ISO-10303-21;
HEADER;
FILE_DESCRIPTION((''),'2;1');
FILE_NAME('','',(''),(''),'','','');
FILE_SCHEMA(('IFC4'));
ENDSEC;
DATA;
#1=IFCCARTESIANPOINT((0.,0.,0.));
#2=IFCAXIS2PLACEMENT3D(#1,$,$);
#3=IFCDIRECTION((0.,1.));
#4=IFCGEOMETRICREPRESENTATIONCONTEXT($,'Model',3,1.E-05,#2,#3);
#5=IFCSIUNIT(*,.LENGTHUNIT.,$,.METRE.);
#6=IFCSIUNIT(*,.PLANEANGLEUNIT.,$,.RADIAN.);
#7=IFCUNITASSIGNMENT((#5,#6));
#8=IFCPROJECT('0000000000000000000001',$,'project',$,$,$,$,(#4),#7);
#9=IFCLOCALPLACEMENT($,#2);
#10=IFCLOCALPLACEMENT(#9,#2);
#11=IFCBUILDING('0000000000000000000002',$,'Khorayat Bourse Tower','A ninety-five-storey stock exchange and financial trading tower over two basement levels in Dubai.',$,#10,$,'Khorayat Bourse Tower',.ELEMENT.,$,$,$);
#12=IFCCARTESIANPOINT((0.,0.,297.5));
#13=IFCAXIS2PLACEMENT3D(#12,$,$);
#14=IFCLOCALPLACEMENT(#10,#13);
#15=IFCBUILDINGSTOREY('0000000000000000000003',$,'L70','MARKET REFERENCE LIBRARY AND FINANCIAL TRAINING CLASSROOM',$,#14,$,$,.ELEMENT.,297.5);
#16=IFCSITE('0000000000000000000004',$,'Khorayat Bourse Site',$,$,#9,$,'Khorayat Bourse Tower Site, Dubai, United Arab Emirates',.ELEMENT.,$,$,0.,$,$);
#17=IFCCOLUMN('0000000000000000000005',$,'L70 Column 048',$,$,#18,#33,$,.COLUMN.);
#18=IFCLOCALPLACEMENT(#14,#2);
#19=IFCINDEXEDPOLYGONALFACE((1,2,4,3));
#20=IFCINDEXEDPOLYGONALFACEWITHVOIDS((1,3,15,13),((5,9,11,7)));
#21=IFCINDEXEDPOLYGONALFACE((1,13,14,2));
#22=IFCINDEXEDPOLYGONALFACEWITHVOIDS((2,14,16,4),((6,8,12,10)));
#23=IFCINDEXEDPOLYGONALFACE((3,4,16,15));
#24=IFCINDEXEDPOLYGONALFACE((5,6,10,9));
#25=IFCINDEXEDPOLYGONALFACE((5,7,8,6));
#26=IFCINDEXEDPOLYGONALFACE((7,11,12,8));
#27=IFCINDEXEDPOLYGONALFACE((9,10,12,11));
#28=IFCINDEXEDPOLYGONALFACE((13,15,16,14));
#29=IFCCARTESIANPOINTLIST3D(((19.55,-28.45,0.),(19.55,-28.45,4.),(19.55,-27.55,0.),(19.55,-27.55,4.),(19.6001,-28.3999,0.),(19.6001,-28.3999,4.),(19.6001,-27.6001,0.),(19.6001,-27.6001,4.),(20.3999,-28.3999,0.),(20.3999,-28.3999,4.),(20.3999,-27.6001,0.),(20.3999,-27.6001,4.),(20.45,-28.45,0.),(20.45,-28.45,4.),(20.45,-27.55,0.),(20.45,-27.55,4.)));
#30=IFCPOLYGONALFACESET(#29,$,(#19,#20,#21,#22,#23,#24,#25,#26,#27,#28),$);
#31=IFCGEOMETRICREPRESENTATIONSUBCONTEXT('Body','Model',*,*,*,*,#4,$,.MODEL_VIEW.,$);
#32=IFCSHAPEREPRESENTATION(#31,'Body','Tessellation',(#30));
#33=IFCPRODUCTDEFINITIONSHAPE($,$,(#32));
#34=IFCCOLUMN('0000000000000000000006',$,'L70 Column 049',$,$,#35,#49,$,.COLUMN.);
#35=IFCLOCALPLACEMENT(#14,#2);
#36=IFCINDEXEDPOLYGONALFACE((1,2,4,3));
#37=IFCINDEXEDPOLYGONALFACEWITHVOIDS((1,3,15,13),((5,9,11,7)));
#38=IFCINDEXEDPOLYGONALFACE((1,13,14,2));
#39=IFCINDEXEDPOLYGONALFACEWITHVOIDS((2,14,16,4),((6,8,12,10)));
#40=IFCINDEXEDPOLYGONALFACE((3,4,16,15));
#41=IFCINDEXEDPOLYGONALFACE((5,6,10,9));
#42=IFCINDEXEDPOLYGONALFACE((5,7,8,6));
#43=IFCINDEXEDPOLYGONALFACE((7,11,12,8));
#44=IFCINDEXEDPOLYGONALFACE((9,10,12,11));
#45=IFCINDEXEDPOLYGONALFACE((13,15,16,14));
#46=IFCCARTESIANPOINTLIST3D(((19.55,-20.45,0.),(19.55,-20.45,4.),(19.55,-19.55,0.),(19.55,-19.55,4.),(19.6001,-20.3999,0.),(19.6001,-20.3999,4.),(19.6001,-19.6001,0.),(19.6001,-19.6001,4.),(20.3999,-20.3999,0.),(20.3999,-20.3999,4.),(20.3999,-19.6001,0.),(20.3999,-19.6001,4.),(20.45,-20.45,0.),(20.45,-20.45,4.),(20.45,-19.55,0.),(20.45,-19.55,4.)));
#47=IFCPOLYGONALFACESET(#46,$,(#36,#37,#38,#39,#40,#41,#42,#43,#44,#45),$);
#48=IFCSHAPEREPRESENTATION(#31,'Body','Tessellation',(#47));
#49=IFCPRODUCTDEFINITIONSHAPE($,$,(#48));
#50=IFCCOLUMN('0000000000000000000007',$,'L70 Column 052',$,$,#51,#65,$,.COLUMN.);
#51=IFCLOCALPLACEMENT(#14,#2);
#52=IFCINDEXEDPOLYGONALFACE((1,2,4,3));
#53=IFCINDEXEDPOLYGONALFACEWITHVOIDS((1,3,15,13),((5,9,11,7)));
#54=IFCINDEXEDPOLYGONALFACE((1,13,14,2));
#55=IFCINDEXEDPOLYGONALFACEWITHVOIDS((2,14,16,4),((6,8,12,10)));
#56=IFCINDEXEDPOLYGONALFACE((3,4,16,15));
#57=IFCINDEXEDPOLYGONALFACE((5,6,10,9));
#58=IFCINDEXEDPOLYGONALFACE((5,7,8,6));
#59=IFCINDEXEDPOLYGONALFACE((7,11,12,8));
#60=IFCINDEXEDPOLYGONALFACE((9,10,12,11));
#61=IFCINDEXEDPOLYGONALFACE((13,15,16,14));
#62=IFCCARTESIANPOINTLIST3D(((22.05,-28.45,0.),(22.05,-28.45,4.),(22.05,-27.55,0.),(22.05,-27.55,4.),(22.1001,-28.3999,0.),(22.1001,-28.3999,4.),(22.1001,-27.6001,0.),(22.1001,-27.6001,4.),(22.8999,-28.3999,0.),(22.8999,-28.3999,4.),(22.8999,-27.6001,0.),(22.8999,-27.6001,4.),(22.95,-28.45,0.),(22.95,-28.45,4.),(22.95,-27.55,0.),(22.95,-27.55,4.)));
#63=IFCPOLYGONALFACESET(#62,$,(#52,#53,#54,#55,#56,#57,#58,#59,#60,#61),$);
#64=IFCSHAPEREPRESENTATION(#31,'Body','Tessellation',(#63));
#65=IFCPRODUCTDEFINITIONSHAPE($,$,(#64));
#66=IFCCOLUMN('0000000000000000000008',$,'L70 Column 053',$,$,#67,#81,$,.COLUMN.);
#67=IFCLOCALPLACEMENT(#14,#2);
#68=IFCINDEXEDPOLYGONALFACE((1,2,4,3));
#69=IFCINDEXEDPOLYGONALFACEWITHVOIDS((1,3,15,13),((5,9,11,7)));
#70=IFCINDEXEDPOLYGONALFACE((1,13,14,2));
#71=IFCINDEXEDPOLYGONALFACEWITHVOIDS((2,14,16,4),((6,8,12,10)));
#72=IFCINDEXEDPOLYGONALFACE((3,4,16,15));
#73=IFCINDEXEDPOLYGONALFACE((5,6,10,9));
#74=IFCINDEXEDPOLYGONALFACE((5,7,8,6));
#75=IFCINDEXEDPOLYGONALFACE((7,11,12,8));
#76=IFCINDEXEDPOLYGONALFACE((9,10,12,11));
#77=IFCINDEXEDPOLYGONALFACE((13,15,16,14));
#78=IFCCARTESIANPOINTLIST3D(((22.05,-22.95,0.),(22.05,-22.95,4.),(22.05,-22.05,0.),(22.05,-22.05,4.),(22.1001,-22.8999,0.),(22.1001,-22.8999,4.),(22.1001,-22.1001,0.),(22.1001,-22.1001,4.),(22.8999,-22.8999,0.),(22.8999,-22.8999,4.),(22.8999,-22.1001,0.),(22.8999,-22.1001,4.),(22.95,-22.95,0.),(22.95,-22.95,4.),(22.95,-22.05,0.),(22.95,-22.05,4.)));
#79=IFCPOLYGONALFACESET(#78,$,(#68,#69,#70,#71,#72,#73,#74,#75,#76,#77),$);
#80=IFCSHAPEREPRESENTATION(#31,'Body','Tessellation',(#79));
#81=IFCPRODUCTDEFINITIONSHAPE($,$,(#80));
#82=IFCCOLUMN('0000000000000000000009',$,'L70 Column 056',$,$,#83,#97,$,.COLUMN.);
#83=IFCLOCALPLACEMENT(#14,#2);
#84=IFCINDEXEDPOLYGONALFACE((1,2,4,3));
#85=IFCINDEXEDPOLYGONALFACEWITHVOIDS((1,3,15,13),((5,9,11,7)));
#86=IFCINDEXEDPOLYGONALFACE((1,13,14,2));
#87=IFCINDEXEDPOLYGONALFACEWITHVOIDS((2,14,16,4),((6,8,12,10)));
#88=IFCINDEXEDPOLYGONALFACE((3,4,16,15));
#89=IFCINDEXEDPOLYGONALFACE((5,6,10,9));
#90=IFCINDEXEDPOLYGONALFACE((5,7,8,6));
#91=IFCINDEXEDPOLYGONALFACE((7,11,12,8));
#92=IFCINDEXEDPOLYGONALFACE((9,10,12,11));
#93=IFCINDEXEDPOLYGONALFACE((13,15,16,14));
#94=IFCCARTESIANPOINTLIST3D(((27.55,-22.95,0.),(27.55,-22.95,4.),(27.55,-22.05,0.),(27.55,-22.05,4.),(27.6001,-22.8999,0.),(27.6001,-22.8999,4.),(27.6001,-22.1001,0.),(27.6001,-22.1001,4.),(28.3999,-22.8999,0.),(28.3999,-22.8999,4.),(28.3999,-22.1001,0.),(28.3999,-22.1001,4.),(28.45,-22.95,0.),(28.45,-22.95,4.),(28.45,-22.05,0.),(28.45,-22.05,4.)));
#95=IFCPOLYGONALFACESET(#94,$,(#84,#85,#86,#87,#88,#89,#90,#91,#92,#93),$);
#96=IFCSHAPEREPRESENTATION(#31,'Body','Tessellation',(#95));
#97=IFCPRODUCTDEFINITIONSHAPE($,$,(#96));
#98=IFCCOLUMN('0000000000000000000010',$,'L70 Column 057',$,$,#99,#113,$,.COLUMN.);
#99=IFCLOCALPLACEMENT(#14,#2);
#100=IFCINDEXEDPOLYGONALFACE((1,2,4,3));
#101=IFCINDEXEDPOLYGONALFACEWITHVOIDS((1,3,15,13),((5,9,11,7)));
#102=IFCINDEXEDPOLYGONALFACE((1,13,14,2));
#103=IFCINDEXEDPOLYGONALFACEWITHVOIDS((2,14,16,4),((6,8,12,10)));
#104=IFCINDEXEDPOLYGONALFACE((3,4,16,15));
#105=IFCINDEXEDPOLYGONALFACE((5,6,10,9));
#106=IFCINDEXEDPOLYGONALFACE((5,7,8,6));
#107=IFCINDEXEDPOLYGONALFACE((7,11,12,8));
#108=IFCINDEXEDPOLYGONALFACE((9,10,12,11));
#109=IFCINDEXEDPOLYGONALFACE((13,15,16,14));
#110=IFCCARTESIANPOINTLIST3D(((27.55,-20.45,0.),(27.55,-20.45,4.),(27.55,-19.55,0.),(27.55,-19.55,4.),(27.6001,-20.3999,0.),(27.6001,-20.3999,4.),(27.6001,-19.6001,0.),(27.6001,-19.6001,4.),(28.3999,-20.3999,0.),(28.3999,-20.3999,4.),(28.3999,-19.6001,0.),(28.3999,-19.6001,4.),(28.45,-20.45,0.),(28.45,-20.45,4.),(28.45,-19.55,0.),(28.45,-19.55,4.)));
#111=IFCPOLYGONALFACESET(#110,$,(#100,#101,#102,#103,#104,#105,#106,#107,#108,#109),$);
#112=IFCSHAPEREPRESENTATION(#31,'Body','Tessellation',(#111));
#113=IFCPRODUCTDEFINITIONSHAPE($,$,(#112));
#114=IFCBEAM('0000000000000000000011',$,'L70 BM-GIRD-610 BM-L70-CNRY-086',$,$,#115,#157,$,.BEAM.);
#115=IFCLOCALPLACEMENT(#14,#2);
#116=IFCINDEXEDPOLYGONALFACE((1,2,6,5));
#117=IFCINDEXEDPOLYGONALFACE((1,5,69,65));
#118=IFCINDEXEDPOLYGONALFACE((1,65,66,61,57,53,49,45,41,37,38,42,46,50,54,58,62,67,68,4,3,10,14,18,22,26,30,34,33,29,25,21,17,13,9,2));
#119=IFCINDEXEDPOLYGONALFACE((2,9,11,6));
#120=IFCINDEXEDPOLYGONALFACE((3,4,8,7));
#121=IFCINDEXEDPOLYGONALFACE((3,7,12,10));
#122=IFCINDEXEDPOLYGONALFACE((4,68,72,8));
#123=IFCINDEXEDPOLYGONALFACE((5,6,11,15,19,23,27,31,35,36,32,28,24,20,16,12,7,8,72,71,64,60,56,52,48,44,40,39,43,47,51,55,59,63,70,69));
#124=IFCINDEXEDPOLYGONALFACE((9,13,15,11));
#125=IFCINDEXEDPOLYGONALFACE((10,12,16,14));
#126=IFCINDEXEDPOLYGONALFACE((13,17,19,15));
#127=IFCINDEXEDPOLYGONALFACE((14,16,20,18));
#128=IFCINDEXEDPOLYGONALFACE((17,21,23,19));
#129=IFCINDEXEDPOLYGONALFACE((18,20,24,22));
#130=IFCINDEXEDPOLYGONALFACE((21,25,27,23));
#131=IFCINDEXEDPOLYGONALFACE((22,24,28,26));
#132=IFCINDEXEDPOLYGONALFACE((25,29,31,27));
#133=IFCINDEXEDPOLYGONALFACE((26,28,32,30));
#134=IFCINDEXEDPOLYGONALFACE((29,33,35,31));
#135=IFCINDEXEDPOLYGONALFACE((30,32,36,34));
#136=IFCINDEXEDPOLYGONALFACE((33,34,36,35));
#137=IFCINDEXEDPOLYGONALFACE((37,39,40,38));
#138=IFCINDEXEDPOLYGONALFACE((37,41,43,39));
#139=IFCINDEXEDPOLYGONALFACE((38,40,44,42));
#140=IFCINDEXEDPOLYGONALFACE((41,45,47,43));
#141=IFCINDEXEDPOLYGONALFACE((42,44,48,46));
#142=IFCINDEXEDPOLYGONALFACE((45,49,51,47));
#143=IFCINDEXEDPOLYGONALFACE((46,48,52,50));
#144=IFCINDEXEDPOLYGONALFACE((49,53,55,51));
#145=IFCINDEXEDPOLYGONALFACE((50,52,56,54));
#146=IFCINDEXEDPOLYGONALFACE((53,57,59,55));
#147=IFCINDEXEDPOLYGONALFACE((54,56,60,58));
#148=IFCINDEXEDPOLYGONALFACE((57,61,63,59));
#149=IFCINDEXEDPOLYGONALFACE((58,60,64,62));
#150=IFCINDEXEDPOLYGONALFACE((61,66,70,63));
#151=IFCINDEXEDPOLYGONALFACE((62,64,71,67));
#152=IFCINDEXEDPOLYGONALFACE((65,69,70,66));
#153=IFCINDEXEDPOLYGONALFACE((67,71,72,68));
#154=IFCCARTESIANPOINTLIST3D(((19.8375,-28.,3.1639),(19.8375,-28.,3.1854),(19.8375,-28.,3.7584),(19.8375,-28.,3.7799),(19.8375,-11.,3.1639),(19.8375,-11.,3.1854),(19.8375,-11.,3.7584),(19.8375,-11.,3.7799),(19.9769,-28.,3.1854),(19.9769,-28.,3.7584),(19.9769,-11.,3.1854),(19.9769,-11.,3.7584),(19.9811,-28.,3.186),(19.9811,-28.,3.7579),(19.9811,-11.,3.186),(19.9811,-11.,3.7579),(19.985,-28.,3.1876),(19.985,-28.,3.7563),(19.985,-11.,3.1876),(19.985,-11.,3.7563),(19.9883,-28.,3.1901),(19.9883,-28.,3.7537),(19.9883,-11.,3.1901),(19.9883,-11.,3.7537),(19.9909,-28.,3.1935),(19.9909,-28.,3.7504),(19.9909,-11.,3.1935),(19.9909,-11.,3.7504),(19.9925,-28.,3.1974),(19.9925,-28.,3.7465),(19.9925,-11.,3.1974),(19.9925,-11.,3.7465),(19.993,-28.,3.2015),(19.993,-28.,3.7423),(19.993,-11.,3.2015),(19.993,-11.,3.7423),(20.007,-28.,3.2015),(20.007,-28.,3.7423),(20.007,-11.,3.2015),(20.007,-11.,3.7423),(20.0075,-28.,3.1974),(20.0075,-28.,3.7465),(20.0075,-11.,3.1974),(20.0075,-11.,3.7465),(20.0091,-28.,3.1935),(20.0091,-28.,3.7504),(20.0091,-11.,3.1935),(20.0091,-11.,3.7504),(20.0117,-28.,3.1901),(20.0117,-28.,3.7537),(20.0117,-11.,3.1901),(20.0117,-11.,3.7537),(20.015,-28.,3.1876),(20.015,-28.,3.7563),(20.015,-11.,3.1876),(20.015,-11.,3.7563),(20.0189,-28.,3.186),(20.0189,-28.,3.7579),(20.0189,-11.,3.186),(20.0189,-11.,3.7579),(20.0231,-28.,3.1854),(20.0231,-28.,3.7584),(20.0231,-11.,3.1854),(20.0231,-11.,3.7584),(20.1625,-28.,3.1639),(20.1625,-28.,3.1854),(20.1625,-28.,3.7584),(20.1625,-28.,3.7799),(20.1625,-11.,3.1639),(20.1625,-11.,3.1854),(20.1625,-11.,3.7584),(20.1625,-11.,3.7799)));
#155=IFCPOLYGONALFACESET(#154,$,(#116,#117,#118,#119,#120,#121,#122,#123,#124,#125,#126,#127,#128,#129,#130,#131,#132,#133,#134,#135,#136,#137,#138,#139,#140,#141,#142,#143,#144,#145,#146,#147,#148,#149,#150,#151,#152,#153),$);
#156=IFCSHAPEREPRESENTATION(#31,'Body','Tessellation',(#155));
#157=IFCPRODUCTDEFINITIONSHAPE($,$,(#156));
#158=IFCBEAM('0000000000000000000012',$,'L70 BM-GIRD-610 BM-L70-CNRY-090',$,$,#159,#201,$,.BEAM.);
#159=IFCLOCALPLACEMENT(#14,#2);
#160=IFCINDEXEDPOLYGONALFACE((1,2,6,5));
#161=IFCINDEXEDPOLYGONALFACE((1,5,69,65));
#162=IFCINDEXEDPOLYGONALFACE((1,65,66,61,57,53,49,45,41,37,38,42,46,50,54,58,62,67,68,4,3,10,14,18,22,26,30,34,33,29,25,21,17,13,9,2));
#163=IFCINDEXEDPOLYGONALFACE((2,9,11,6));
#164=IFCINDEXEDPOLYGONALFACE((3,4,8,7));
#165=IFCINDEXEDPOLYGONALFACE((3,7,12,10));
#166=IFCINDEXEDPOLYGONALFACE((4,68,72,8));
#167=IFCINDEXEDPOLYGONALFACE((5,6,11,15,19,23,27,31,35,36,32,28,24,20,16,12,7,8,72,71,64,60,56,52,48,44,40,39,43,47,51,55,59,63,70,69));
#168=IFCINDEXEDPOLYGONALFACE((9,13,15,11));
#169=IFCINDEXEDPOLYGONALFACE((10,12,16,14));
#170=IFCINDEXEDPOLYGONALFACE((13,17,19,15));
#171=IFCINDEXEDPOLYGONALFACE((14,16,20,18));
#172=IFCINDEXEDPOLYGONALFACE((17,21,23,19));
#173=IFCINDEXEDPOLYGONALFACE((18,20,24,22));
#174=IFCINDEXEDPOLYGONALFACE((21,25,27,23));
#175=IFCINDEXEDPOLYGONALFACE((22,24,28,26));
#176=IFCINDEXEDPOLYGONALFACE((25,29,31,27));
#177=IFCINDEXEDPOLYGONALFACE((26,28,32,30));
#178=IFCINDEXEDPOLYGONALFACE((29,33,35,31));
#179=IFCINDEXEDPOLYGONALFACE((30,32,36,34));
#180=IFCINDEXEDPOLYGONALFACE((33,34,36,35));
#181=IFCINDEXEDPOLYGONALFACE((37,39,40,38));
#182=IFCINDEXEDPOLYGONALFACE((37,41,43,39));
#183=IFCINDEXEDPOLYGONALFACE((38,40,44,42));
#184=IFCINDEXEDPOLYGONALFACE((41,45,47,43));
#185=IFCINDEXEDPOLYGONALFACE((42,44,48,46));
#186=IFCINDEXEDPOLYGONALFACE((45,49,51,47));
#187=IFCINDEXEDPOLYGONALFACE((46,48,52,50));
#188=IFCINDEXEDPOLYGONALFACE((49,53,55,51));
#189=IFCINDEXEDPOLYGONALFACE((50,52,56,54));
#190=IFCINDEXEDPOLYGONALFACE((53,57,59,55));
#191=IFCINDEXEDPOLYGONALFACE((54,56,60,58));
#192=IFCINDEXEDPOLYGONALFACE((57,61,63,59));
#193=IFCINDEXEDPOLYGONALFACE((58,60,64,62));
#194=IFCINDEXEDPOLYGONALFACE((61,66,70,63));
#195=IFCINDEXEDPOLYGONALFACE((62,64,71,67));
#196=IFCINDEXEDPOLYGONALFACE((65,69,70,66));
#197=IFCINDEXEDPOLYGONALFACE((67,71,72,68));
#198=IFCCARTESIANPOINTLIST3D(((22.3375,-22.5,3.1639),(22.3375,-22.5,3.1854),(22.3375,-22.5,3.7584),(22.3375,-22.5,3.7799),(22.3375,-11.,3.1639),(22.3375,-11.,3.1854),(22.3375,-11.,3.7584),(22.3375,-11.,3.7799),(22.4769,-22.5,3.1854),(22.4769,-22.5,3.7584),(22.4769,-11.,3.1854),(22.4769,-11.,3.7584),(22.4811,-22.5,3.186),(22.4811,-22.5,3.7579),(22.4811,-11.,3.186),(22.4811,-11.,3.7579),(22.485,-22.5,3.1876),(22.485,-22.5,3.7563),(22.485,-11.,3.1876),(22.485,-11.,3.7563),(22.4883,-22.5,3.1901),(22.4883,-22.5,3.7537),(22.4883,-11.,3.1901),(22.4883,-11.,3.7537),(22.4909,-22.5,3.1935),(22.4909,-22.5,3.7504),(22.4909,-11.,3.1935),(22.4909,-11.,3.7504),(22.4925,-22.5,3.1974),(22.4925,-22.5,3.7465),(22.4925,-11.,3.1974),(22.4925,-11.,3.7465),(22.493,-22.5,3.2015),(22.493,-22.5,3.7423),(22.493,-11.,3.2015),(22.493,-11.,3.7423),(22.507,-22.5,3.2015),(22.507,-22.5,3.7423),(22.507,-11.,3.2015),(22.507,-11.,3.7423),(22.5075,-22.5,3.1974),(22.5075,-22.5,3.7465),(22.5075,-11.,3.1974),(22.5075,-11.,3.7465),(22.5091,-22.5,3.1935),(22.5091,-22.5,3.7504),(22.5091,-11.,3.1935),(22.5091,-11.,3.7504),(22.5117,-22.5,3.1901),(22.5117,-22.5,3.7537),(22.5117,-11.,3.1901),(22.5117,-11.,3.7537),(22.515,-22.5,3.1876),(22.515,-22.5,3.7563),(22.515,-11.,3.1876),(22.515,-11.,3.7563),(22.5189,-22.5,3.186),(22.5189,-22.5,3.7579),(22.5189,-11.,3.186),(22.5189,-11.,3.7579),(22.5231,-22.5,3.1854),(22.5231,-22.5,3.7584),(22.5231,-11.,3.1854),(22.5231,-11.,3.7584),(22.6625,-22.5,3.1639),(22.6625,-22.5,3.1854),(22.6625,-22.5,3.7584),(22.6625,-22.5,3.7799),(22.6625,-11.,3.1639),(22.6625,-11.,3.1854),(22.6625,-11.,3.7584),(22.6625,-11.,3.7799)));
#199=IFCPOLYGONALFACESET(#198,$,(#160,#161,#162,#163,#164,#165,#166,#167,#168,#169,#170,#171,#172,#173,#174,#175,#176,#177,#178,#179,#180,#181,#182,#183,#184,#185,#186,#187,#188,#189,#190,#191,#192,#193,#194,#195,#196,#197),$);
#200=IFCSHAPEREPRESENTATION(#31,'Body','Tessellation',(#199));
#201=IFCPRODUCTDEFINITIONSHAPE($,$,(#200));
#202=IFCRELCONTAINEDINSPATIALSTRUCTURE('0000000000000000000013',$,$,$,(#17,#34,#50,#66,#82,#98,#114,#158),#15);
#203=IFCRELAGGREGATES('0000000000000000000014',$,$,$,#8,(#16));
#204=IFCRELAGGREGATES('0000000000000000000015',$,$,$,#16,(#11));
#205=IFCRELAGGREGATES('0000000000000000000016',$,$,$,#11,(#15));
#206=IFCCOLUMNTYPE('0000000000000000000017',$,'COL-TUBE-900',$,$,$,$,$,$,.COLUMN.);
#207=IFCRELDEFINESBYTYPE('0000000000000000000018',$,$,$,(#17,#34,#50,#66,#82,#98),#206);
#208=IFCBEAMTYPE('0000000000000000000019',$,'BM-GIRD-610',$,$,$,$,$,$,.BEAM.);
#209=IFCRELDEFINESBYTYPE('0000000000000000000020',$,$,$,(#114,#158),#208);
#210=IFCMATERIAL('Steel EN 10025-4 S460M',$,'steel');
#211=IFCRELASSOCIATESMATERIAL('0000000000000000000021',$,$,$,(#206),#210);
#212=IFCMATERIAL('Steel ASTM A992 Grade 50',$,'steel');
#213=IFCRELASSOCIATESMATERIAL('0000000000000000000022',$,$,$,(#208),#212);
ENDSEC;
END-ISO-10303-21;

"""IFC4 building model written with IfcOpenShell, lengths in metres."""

from ifc_helpers import new_model, si_unit, direction, frame, origin, origin_2d, place, context, subcontext, project, spatial, hollow_rectangle, i_section, extrude, source, transform, mapped, material, material_profile, profile_set, type_object, element, save


model = new_model("IFC4")

# Units and contexts
model_context = context("Model", 3, precision=1e-05, world=origin(), true_north=direction((0.0, 1.0)))
body_context = subcontext(model_context, "Body", "Model", "MODEL_VIEW")
ifc_project = project(units=[si_unit("LENGTHUNIT", "METRE"), si_unit("PLANEANGLEUNIT", "RADIAN")], contexts=[model_context])

# Site, building, storey
site_placement = place(None, origin())
site = spatial("IfcSite", under=ifc_project, at=site_placement, Name="Khorayat Bourse Site", LongName="Khorayat Bourse Tower Site, Dubai, United Arab Emirates", CompositionType="ELEMENT", RefElevation=0.0)
building_placement = place(site_placement, origin())
building = spatial("IfcBuilding", under=site, at=building_placement, Name="Khorayat Bourse Tower", Description="A ninety-five-storey stock exchange and financial trading tower over two basement levels in Dubai.", LongName="Khorayat Bourse Tower", CompositionType="ELEMENT")
storey_placement = place(building_placement, frame((0.0, 0.0, 297.5)))
storey = spatial("IfcBuildingStorey", under=building, at=storey_placement, Name="L70", Description="MARKET REFERENCE LIBRARY AND FINANCIAL TRAINING CLASSROOM", CompositionType="ELEMENT", Elevation=297.5)

# Columns
ifc_material_1 = material(Name="Steel EN 10025-4 S460M", Category="steel")
ifc_material_profile_1 = material_profile(ifc_material_1, hollow_rectangle(XDim=0.8999, YDim=0.8999, WallThickness=0.05, at=origin_2d()), Name="BOX 900x900x50")
ifc_profile_set_1 = profile_set([ifc_material_profile_1], Name="Steel EN 10025-4 S460M")
column_type = type_object("IfcColumnType", Name="COL-TUBE-900", PredefinedType="COLUMN", material=ifc_profile_set_1)
shared_shape_1 = source(origin(), body_context, "Body", "SweptSolid", [
    extrude(hollow_rectangle(XDim=0.8999, YDim=0.8999, WallThickness=0.05, at=origin_2d()), origin(), (0.0, 0.0, 1.0), 4.0),
])
for number, where, z_axis, x_axis, name in (
    (1, (20.0, -28.0, 0.0), (0.0, 0.0, 1.0), (1.0, 0.0, 0.0), "L70 Column 048"),
    (2, (20.0, -20.0, 0.0), (0.0, 0.0, 1.0), (1.0, 0.0, 0.0), "L70 Column 049"),
    (3, (22.5, -28.0, 0.0), (0.0, 0.0, 1.0), (1.0, 0.0, 0.0), "L70 Column 052"),
    (4, (22.5, -22.5, 0.0), (0.0, 0.0, 1.0), (1.0, 0.0, 0.0), "L70 Column 053"),
    (5, (28.0, -22.5, 0.0), (0.0, 0.0, 1.0), (1.0, 0.0, 0.0), "L70 Column 056"),
    (6, (28.0, -20.0, 0.0), (0.0, 0.0, 1.0), (1.0, 0.0, 0.0), "L70 Column 057"),
):
    element("IfcColumn", number, at=place(storey_placement, frame(where, z_axis=z_axis, x_axis=x_axis)), inside=storey, type_object=column_type, Name=name, PredefinedType="COLUMN", context=body_context, shape_type="MappedRepresentation", body=[
        mapped(shared_shape_1, transform((0.0, 0.0, 0.0), scale=1.0)),
    ])

# Beams
ifc_material_2 = material(Name="Steel ASTM A992 Grade 50", Category="steel")
ifc_material_profile_2 = material_profile(ifc_material_2, i_section(OverallWidth=0.325, OverallDepth=0.616, WebThickness=0.0139, FlangeThickness=0.0215, FilletRadius=0.0161, at=origin_2d()), Name="W610X174")
ifc_profile_set_2 = profile_set([ifc_material_profile_2], Name="Steel ASTM A992 Grade 50")
beam_type_1 = type_object("IfcBeamType", Name="BM-GIRD-610", PredefinedType="BEAM", material=ifc_profile_set_2)
shared_shape_2 = source(origin(), body_context, "Body", "SweptSolid", [
    extrude(i_section(OverallWidth=0.325, OverallDepth=0.616, WebThickness=0.0139, FlangeThickness=0.0215, FilletRadius=0.0161, at=origin_2d()), origin(), (0.0, 0.0, 1.0), 17.0),
])
beam_1_placement = place(storey_placement, frame((20.0, -28.0, 3.4719), z_axis=(0.0, 1.0, 0.0), x_axis=(-1.0, 0.0, 0.0)))
element("IfcBeam", 7, at=beam_1_placement, inside=storey, type_object=beam_type_1, Name="L70 BM-GIRD-610 BM-L70-CNRY-086", PredefinedType="BEAM", context=body_context, shape_type="MappedRepresentation", body=[
    mapped(shared_shape_2, transform((0.0, 0.0, 0.0), scale=1.0)),
])
shared_shape_3 = source(origin(), body_context, "Body", "SweptSolid", [
    extrude(i_section(OverallWidth=0.325, OverallDepth=0.616, WebThickness=0.0139, FlangeThickness=0.0215, FilletRadius=0.0161, at=origin_2d()), origin(), (0.0, 0.0, 1.0), 11.5),
])
beam_2_placement = place(storey_placement, frame((22.5, -22.5, 3.4719), z_axis=(0.0, 1.0, 0.0), x_axis=(-1.0, 0.0, 0.0)))
element("IfcBeam", 8, at=beam_2_placement, inside=storey, type_object=beam_type_1, Name="L70 BM-GIRD-610 BM-L70-CNRY-090", PredefinedType="BEAM", context=body_context, shape_type="MappedRepresentation", body=[
    mapped(shared_shape_3, transform((0.0, 0.0, 0.0), scale=1.0)),
])

save(model, "model.ifc")
